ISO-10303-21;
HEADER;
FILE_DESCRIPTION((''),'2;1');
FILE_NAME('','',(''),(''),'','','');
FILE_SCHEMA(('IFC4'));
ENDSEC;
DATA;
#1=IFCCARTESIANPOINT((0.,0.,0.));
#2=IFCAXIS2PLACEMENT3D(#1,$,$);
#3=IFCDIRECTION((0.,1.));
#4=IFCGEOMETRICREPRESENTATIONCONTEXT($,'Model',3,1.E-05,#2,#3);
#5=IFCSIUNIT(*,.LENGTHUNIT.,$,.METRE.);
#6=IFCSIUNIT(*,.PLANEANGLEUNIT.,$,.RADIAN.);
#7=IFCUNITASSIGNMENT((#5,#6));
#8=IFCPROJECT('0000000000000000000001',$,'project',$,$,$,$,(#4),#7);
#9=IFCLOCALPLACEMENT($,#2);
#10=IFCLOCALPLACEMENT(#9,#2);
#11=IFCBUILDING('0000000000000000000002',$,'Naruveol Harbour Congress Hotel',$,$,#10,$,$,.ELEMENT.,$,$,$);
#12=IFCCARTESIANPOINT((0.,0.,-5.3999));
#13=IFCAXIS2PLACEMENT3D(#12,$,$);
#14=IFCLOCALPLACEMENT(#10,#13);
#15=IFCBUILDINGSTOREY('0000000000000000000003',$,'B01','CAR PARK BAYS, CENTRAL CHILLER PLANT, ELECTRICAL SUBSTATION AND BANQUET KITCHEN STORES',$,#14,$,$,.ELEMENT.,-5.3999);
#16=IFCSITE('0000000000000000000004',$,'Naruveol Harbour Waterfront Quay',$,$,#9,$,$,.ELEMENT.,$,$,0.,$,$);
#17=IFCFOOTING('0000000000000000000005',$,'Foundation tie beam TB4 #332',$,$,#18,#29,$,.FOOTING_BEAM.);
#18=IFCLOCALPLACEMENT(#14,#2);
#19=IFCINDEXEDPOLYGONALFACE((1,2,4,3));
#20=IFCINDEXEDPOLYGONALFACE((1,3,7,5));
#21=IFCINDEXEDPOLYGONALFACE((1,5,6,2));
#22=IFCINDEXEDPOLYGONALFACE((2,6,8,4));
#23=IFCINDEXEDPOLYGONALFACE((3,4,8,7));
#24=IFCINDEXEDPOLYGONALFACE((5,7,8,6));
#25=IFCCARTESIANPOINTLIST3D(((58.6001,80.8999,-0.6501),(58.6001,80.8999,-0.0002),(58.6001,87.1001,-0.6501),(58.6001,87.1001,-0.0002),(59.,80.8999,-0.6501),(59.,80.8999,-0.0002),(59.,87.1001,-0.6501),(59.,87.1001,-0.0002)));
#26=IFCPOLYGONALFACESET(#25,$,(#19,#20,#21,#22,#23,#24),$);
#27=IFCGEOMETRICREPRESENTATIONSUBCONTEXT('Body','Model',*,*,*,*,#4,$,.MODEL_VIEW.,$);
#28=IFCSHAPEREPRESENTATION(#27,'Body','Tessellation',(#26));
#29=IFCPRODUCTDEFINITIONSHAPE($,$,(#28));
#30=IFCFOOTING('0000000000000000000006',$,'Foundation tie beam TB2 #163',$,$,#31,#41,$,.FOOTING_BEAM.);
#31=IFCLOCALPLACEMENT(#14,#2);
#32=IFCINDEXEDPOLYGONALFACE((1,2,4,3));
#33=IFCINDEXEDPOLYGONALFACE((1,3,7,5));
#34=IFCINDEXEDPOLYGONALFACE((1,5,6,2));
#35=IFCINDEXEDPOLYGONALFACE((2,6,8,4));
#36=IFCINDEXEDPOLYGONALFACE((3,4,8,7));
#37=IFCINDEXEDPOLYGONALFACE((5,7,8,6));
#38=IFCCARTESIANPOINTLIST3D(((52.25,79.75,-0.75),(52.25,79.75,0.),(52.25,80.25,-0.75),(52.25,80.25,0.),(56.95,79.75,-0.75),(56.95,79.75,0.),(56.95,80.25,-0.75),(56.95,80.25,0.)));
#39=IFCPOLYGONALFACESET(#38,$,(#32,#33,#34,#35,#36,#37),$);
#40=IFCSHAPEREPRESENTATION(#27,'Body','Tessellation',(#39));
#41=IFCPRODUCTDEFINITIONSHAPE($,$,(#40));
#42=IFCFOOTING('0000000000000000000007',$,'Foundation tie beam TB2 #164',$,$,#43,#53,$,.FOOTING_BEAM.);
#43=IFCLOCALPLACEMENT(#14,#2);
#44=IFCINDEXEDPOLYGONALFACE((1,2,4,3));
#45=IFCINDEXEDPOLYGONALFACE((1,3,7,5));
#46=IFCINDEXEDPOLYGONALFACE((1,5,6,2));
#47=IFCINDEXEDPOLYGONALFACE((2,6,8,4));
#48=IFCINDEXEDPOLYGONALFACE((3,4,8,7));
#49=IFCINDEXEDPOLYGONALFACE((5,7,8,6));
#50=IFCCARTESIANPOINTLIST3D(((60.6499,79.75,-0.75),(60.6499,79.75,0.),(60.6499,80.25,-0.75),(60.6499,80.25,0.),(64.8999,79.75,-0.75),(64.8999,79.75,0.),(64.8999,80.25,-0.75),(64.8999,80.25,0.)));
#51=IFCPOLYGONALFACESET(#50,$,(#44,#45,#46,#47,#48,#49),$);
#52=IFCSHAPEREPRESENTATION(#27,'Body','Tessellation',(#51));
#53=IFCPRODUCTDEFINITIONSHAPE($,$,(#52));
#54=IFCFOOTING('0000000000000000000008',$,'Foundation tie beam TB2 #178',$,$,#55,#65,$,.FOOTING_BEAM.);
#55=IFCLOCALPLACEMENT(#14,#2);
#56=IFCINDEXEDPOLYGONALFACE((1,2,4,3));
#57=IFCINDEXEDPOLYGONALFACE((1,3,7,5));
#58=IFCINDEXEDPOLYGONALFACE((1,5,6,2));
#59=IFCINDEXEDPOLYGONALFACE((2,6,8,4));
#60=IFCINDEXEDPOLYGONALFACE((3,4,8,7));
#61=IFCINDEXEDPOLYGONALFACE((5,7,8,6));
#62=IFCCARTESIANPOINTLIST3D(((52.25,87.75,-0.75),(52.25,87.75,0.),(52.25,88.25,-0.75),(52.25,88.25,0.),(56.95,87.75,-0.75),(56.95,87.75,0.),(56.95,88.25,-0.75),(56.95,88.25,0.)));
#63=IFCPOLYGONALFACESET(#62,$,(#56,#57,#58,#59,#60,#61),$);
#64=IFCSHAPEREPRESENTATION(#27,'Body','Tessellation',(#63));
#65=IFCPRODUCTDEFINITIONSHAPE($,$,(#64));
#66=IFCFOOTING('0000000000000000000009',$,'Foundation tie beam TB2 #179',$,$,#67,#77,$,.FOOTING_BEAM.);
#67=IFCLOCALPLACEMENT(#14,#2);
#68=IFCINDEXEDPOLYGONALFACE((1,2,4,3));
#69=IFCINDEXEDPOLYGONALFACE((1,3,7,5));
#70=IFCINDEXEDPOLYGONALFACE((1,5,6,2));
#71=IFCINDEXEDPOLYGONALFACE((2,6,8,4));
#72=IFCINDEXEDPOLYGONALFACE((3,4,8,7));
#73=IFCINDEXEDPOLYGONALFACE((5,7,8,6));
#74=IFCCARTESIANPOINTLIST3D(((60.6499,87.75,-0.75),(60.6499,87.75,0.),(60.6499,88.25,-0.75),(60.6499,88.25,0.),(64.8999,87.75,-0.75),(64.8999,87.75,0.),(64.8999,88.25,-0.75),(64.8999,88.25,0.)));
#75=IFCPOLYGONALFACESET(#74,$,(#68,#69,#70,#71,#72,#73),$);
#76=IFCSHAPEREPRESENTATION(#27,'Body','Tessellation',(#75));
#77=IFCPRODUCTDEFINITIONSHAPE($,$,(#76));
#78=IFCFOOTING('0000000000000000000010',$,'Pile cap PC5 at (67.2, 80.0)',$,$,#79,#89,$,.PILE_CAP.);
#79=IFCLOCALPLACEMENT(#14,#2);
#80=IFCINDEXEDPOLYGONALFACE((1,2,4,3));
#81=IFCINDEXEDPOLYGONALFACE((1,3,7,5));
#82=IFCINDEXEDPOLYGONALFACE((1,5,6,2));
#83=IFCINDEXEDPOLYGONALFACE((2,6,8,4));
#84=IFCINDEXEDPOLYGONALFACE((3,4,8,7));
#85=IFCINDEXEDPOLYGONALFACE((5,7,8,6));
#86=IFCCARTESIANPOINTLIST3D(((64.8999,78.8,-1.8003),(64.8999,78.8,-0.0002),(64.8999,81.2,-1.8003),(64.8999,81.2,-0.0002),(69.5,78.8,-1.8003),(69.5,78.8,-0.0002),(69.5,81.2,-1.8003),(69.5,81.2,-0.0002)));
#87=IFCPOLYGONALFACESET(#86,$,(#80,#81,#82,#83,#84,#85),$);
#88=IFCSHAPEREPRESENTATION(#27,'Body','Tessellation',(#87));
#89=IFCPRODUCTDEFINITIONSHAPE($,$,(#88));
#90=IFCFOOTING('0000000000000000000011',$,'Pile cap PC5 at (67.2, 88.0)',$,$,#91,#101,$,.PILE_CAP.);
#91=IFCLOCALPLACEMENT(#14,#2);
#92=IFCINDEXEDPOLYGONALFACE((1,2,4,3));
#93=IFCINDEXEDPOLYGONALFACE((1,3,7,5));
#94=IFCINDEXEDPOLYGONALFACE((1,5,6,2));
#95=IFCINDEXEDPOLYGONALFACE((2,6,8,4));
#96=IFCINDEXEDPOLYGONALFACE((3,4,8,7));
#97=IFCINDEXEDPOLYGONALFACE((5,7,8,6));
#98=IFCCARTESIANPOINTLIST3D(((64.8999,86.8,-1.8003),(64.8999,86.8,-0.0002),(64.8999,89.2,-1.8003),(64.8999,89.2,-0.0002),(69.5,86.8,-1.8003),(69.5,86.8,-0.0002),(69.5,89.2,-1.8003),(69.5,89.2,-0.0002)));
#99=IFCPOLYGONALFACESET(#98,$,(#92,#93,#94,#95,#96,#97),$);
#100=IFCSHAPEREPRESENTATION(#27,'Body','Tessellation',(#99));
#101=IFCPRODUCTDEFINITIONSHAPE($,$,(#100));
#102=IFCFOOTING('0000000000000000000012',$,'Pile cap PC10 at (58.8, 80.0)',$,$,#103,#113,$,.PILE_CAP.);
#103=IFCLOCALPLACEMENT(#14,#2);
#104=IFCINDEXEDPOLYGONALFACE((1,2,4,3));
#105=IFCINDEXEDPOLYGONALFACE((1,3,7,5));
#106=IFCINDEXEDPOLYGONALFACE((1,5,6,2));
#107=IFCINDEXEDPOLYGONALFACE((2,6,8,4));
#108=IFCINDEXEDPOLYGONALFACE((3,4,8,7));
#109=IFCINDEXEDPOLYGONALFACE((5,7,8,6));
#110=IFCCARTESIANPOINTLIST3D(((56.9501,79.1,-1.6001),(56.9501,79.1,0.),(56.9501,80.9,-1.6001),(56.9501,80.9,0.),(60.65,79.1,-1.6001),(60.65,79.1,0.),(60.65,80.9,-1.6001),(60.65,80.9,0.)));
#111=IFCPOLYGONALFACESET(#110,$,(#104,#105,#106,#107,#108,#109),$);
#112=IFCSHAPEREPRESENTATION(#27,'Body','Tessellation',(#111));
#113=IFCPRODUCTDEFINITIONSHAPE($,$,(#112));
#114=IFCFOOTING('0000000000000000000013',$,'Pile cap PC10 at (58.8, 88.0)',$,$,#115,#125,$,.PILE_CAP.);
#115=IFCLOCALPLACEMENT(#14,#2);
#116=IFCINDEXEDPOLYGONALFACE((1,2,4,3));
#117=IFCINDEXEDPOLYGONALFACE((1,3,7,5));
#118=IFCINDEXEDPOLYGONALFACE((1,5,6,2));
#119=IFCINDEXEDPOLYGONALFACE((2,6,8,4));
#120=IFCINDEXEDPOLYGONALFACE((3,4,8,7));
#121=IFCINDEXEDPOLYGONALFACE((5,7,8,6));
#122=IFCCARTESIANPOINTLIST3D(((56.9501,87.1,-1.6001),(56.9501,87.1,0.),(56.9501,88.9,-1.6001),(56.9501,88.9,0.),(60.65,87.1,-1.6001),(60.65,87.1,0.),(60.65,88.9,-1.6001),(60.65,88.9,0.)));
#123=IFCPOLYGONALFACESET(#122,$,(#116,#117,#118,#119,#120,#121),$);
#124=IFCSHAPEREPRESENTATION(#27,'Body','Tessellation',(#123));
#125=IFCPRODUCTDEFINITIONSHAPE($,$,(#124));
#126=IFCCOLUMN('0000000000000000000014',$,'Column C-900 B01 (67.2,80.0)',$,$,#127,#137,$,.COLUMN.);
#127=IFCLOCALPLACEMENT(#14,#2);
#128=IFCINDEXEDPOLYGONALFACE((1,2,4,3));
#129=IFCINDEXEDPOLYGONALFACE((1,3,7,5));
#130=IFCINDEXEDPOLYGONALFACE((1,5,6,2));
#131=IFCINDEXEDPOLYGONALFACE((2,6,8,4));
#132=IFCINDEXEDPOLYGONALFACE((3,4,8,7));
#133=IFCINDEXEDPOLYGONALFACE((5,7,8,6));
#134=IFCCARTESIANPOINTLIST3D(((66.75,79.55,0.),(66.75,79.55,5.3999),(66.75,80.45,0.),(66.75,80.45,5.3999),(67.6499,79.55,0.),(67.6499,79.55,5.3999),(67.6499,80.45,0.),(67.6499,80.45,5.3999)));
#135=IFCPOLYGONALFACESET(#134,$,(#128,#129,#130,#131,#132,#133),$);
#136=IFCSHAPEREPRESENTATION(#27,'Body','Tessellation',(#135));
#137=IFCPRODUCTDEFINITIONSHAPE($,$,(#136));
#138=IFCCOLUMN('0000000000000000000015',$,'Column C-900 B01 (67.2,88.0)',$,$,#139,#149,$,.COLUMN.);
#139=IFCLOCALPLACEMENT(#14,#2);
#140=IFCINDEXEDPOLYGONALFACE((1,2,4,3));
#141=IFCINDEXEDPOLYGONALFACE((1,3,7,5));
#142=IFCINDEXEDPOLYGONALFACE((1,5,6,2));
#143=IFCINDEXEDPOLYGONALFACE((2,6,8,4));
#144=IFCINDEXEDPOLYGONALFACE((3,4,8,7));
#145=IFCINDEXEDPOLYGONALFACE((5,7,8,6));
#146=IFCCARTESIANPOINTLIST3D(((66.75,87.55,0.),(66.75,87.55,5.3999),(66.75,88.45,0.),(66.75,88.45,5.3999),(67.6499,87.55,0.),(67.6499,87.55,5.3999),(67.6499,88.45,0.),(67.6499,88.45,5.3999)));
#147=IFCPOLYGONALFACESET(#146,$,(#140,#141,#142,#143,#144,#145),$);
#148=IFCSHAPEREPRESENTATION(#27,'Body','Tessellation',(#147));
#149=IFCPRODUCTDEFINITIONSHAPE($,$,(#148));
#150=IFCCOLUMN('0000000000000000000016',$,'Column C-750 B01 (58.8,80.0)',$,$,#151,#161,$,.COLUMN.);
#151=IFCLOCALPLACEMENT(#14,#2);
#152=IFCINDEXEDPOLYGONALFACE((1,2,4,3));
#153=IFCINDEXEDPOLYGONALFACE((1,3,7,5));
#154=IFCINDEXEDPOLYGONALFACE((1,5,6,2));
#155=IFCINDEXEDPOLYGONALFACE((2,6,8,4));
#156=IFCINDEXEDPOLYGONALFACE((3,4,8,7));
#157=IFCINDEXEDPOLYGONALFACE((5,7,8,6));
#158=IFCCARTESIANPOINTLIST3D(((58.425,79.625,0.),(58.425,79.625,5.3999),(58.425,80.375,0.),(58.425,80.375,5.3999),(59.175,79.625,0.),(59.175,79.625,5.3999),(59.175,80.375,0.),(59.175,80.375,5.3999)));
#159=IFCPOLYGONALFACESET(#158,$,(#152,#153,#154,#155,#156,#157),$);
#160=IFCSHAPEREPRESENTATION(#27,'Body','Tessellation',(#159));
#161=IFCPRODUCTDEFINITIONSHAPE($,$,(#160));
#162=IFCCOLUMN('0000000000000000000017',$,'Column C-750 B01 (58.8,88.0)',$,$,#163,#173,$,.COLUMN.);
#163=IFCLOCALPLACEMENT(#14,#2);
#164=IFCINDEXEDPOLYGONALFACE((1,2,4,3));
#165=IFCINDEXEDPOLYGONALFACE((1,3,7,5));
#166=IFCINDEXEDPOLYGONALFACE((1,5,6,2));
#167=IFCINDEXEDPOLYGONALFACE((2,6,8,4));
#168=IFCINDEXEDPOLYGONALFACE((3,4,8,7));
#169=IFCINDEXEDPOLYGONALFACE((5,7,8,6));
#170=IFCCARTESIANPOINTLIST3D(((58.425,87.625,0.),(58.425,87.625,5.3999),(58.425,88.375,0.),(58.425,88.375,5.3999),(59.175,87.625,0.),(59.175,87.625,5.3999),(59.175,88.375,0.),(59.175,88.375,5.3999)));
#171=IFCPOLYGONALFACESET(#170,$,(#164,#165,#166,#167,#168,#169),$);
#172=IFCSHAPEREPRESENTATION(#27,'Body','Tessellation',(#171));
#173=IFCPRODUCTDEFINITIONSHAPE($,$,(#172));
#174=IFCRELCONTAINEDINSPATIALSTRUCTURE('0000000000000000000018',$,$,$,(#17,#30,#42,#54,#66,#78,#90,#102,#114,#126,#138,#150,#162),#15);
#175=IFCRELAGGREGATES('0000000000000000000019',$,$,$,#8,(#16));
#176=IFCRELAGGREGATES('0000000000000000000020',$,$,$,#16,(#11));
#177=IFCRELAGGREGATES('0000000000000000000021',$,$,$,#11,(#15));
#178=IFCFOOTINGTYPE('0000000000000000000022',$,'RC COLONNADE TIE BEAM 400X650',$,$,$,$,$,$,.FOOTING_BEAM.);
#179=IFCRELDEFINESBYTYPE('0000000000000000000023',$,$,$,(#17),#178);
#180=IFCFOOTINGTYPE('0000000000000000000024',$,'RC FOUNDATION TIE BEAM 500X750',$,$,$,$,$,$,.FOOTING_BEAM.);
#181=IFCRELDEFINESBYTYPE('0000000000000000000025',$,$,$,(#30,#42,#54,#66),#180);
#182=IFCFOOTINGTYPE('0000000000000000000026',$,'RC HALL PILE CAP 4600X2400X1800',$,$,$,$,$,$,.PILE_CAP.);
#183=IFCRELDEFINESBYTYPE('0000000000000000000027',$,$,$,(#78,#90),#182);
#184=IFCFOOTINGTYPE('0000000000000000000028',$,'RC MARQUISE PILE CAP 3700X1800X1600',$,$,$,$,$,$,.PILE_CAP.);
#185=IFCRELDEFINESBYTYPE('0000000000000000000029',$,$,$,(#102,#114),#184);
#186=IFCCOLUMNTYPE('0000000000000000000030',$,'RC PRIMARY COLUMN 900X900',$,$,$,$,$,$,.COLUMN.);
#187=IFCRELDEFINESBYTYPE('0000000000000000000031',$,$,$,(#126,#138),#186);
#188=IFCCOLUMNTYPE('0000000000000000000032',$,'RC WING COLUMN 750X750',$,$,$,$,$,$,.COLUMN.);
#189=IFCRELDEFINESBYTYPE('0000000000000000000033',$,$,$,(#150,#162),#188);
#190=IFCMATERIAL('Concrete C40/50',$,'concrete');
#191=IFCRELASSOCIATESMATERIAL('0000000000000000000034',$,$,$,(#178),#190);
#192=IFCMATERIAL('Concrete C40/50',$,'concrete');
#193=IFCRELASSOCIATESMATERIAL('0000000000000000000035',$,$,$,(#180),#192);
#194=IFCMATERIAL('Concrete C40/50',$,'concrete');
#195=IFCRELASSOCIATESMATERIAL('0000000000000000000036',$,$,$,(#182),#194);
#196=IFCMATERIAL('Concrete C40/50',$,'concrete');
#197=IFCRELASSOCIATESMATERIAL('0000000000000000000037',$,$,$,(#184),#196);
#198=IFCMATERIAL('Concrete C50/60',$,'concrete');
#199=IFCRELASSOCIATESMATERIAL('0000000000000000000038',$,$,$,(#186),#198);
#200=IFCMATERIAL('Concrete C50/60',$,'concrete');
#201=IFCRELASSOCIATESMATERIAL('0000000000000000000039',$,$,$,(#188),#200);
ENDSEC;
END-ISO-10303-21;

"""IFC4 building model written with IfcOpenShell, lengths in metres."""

from ifc_helpers import new_model, si_unit, direction, frame, origin, origin_2d, place, context, subcontext, project, spatial, rectangle, extrude, material, material_profile, profile_set, type_object, element, save


model = new_model("IFC4")

# Units and contexts
model_context = context("Model", 3, precision=1e-05, world=origin(), true_north=direction((0.0, 1.0)))
body_context = subcontext(model_context, "Body", "Model", "MODEL_VIEW")
ifc_project = project(units=[si_unit("LENGTHUNIT", "METRE"), si_unit("PLANEANGLEUNIT", "RADIAN")], contexts=[model_context])

# Site, building, storey
site_placement = place(None, origin())
site = spatial("IfcSite", under=ifc_project, at=site_placement, Name="Naruveol Harbour Waterfront Quay", CompositionType="ELEMENT", RefElevation=0.0)
building_placement = place(site_placement, origin())
building = spatial("IfcBuilding", under=site, at=building_placement, Name="Naruveol Harbour Congress Hotel", CompositionType="ELEMENT")
storey_placement = place(building_placement, frame((0.0, 0.0, -5.3999)))
storey = spatial("IfcBuildingStorey", under=building, at=storey_placement, Name="B01", Description="CAR PARK BAYS, CENTRAL CHILLER PLANT, ELECTRICAL SUBSTATION AND BANQUET KITCHEN STORES", CompositionType="ELEMENT", Elevation=-5.3999)

# Footings
ifc_material_1 = material(Name="Concrete C40/50", Category="concrete")
ifc_material_profile_1 = material_profile(ifc_material_1, rectangle(XDim=0.3999, YDim=0.6499, at=origin_2d()), Name="RCB-400x650")
ifc_profile_set_1 = profile_set([ifc_material_profile_1], Name="Concrete C40/50")
footing_type_1 = type_object("IfcFootingType", Name="RC COLONNADE TIE BEAM 400X650", PredefinedType="FOOTING_BEAM", material=ifc_profile_set_1)
footing_1_placement = place(storey_placement, frame((58.8, 80.8999, -0.3252), z_axis=(0.0, 1.0, 0.0), x_axis=(-1.0, 0.0, 0.0)))
element("IfcFooting", 1, at=footing_1_placement, inside=storey, type_object=footing_type_1, Name="Foundation tie beam TB4 #332", PredefinedType="FOOTING_BEAM", context=body_context, shape_type="SweptSolid", body=[
    extrude(rectangle(XDim=0.3999, YDim=0.6499, at=origin_2d()), origin(), (0.0, 0.0, 1.0), 6.2002),
])
ifc_material_2 = material(Name="Concrete C40/50", Category="concrete")
ifc_material_profile_2 = material_profile(ifc_material_2, rectangle(XDim=0.5, YDim=0.75, at=origin_2d()), Name="RCB-500x750")
ifc_profile_set_2 = profile_set([ifc_material_profile_2], Name="Concrete C40/50")
footing_type_2 = type_object("IfcFootingType", Name="RC FOUNDATION TIE BEAM 500X750", PredefinedType="FOOTING_BEAM", material=ifc_profile_set_2)
footing_2_placement = place(storey_placement, frame((52.25, 80.0, -0.375), z_axis=(1.0, 0.0, 0.0), x_axis=(0.0, 1.0, 0.0)))
element("IfcFooting", 2, at=footing_2_placement, inside=storey, type_object=footing_type_2, Name="Foundation tie beam TB2 #163", PredefinedType="FOOTING_BEAM", context=body_context, shape_type="SweptSolid", body=[
    extrude(rectangle(XDim=0.5, YDim=0.75, at=origin_2d()), origin(), (0.0, 0.0, 1.0), 4.7),
])
footing_3_placement = place(storey_placement, frame((60.6499, 80.0, -0.375), z_axis=(1.0, 0.0, 0.0), x_axis=(0.0, 1.0, 0.0)))
element("IfcFooting", 3, at=footing_3_placement, inside=storey, type_object=footing_type_2, Name="Foundation tie beam TB2 #164", PredefinedType="FOOTING_BEAM", context=body_context, shape_type="SweptSolid", body=[
    extrude(rectangle(XDim=0.5, YDim=0.75, at=origin_2d()), origin(), (0.0, 0.0, 1.0), 4.25),
])
footing_4_placement = place(storey_placement, frame((52.25, 88.0, -0.375), z_axis=(1.0, 0.0, 0.0), x_axis=(0.0, 1.0, 0.0)))
element("IfcFooting", 4, at=footing_4_placement, inside=storey, type_object=footing_type_2, Name="Foundation tie beam TB2 #178", PredefinedType="FOOTING_BEAM", context=body_context, shape_type="SweptSolid", body=[
    extrude(rectangle(XDim=0.5, YDim=0.75, at=origin_2d()), origin(), (0.0, 0.0, 1.0), 4.7),
])
footing_5_placement = place(storey_placement, frame((60.6499, 88.0, -0.375), z_axis=(1.0, 0.0, 0.0), x_axis=(0.0, 1.0, 0.0)))
element("IfcFooting", 5, at=footing_5_placement, inside=storey, type_object=footing_type_2, Name="Foundation tie beam TB2 #179", PredefinedType="FOOTING_BEAM", context=body_context, shape_type="SweptSolid", body=[
    extrude(rectangle(XDim=0.5, YDim=0.75, at=origin_2d()), origin(), (0.0, 0.0, 1.0), 4.25),
])
ifc_material_3 = material(Name="Concrete C40/50", Category="concrete")
footing_type_3 = type_object("IfcFootingType", Name="RC HALL PILE CAP 4600X2400X1800", PredefinedType="PILE_CAP", material=ifc_material_3)
for number, where, z_axis, x_axis, name in (
    (6, (67.2, 80.0, -1.8003), (0.0, 0.0, 1.0), (1.0, 0.0, 0.0), "Pile cap PC5 at (67.2, 80.0)"),
    (7, (67.2, 88.0, -1.8003), (0.0, 0.0, 1.0), (1.0, 0.0, 0.0), "Pile cap PC5 at (67.2, 88.0)"),
):
    element("IfcFooting", number, at=place(storey_placement, frame(where, z_axis=z_axis, x_axis=x_axis)), inside=storey, type_object=footing_type_3, Name=name, PredefinedType="PILE_CAP", context=body_context, shape_type="SweptSolid", body=[
        extrude(rectangle(XDim=4.6001, YDim=2.3999, at=origin_2d()), origin(), (0.0, 0.0, 1.0), 1.8),
    ])
ifc_material_4 = material(Name="Concrete C40/50", Category="concrete")
footing_type_4 = type_object("IfcFootingType", Name="RC MARQUISE PILE CAP 3700X1800X1600", PredefinedType="PILE_CAP", material=ifc_material_4)
for number, where, z_axis, x_axis, name in (
    (8, (58.8, 80.0, -1.6001), (0.0, 0.0, 1.0), (1.0, 0.0, 0.0), "Pile cap PC10 at (58.8, 80.0)"),
    (9, (58.8, 88.0, -1.6001), (0.0, 0.0, 1.0), (1.0, 0.0, 0.0), "Pile cap PC10 at (58.8, 88.0)"),
):
    element("IfcFooting", number, at=place(storey_placement, frame(where, z_axis=z_axis, x_axis=x_axis)), inside=storey, type_object=footing_type_4, Name=name, PredefinedType="PILE_CAP", context=body_context, shape_type="SweptSolid", body=[
        extrude(rectangle(XDim=3.7, YDim=1.8, at=origin_2d()), origin(), (0.0, 0.0, 1.0), 1.6001),
    ])

# Columns
ifc_material_5 = material(Name="Concrete C50/60", Category="concrete")
ifc_material_profile_3 = material_profile(ifc_material_5, rectangle(XDim=0.8999, YDim=0.8999, at=origin_2d()), Name="RC-900x900")
ifc_profile_set_3 = profile_set([ifc_material_profile_3], Name="Concrete C50/60")
column_type_1 = type_object("IfcColumnType", Name="RC PRIMARY COLUMN 900X900", PredefinedType="COLUMN", material=ifc_profile_set_3)
for number, where, z_axis, x_axis, name in (
    (10, (67.2, 80.0, 0.0), (0.0, 0.0, 1.0), (1.0, 0.0, 0.0), "Column C-900 B01 (67.2,80.0)"),
    (11, (67.2, 88.0, 0.0), (0.0, 0.0, 1.0), (1.0, 0.0, 0.0), "Column C-900 B01 (67.2,88.0)"),
):
    element("IfcColumn", number, at=place(storey_placement, frame(where, z_axis=z_axis, x_axis=x_axis)), inside=storey, type_object=column_type_1, Name=name, PredefinedType="COLUMN", context=body_context, shape_type="SweptSolid", body=[
        extrude(rectangle(XDim=0.8999, YDim=0.8999, at=origin_2d()), origin(), (0.0, 0.0, 1.0), 5.3999),
    ])
ifc_material_6 = material(Name="Concrete C50/60", Category="concrete")
ifc_material_profile_4 = material_profile(ifc_material_6, rectangle(XDim=0.75, YDim=0.75, at=origin_2d()), Name="RC-750x750")
ifc_profile_set_4 = profile_set([ifc_material_profile_4], Name="Concrete C50/60")
column_type_2 = type_object("IfcColumnType", Name="RC WING COLUMN 750X750", PredefinedType="COLUMN", material=ifc_profile_set_4)
for number, where, z_axis, x_axis, name in (
    (12, (58.8, 80.0, 0.0), (0.0, 0.0, 1.0), (1.0, 0.0, 0.0), "Column C-750 B01 (58.8,80.0)"),
    (13, (58.8, 88.0, 0.0), (0.0, 0.0, 1.0), (1.0, 0.0, 0.0), "Column C-750 B01 (58.8,88.0)"),
):
    element("IfcColumn", number, at=place(storey_placement, frame(where, z_axis=z_axis, x_axis=x_axis)), inside=storey, type_object=column_type_2, Name=name, PredefinedType="COLUMN", context=body_context, shape_type="SweptSolid", body=[
        extrude(rectangle(XDim=0.75, YDim=0.75, at=origin_2d()), origin(), (0.0, 0.0, 1.0), 5.3999),
    ])

save(model, "model.ifc")
